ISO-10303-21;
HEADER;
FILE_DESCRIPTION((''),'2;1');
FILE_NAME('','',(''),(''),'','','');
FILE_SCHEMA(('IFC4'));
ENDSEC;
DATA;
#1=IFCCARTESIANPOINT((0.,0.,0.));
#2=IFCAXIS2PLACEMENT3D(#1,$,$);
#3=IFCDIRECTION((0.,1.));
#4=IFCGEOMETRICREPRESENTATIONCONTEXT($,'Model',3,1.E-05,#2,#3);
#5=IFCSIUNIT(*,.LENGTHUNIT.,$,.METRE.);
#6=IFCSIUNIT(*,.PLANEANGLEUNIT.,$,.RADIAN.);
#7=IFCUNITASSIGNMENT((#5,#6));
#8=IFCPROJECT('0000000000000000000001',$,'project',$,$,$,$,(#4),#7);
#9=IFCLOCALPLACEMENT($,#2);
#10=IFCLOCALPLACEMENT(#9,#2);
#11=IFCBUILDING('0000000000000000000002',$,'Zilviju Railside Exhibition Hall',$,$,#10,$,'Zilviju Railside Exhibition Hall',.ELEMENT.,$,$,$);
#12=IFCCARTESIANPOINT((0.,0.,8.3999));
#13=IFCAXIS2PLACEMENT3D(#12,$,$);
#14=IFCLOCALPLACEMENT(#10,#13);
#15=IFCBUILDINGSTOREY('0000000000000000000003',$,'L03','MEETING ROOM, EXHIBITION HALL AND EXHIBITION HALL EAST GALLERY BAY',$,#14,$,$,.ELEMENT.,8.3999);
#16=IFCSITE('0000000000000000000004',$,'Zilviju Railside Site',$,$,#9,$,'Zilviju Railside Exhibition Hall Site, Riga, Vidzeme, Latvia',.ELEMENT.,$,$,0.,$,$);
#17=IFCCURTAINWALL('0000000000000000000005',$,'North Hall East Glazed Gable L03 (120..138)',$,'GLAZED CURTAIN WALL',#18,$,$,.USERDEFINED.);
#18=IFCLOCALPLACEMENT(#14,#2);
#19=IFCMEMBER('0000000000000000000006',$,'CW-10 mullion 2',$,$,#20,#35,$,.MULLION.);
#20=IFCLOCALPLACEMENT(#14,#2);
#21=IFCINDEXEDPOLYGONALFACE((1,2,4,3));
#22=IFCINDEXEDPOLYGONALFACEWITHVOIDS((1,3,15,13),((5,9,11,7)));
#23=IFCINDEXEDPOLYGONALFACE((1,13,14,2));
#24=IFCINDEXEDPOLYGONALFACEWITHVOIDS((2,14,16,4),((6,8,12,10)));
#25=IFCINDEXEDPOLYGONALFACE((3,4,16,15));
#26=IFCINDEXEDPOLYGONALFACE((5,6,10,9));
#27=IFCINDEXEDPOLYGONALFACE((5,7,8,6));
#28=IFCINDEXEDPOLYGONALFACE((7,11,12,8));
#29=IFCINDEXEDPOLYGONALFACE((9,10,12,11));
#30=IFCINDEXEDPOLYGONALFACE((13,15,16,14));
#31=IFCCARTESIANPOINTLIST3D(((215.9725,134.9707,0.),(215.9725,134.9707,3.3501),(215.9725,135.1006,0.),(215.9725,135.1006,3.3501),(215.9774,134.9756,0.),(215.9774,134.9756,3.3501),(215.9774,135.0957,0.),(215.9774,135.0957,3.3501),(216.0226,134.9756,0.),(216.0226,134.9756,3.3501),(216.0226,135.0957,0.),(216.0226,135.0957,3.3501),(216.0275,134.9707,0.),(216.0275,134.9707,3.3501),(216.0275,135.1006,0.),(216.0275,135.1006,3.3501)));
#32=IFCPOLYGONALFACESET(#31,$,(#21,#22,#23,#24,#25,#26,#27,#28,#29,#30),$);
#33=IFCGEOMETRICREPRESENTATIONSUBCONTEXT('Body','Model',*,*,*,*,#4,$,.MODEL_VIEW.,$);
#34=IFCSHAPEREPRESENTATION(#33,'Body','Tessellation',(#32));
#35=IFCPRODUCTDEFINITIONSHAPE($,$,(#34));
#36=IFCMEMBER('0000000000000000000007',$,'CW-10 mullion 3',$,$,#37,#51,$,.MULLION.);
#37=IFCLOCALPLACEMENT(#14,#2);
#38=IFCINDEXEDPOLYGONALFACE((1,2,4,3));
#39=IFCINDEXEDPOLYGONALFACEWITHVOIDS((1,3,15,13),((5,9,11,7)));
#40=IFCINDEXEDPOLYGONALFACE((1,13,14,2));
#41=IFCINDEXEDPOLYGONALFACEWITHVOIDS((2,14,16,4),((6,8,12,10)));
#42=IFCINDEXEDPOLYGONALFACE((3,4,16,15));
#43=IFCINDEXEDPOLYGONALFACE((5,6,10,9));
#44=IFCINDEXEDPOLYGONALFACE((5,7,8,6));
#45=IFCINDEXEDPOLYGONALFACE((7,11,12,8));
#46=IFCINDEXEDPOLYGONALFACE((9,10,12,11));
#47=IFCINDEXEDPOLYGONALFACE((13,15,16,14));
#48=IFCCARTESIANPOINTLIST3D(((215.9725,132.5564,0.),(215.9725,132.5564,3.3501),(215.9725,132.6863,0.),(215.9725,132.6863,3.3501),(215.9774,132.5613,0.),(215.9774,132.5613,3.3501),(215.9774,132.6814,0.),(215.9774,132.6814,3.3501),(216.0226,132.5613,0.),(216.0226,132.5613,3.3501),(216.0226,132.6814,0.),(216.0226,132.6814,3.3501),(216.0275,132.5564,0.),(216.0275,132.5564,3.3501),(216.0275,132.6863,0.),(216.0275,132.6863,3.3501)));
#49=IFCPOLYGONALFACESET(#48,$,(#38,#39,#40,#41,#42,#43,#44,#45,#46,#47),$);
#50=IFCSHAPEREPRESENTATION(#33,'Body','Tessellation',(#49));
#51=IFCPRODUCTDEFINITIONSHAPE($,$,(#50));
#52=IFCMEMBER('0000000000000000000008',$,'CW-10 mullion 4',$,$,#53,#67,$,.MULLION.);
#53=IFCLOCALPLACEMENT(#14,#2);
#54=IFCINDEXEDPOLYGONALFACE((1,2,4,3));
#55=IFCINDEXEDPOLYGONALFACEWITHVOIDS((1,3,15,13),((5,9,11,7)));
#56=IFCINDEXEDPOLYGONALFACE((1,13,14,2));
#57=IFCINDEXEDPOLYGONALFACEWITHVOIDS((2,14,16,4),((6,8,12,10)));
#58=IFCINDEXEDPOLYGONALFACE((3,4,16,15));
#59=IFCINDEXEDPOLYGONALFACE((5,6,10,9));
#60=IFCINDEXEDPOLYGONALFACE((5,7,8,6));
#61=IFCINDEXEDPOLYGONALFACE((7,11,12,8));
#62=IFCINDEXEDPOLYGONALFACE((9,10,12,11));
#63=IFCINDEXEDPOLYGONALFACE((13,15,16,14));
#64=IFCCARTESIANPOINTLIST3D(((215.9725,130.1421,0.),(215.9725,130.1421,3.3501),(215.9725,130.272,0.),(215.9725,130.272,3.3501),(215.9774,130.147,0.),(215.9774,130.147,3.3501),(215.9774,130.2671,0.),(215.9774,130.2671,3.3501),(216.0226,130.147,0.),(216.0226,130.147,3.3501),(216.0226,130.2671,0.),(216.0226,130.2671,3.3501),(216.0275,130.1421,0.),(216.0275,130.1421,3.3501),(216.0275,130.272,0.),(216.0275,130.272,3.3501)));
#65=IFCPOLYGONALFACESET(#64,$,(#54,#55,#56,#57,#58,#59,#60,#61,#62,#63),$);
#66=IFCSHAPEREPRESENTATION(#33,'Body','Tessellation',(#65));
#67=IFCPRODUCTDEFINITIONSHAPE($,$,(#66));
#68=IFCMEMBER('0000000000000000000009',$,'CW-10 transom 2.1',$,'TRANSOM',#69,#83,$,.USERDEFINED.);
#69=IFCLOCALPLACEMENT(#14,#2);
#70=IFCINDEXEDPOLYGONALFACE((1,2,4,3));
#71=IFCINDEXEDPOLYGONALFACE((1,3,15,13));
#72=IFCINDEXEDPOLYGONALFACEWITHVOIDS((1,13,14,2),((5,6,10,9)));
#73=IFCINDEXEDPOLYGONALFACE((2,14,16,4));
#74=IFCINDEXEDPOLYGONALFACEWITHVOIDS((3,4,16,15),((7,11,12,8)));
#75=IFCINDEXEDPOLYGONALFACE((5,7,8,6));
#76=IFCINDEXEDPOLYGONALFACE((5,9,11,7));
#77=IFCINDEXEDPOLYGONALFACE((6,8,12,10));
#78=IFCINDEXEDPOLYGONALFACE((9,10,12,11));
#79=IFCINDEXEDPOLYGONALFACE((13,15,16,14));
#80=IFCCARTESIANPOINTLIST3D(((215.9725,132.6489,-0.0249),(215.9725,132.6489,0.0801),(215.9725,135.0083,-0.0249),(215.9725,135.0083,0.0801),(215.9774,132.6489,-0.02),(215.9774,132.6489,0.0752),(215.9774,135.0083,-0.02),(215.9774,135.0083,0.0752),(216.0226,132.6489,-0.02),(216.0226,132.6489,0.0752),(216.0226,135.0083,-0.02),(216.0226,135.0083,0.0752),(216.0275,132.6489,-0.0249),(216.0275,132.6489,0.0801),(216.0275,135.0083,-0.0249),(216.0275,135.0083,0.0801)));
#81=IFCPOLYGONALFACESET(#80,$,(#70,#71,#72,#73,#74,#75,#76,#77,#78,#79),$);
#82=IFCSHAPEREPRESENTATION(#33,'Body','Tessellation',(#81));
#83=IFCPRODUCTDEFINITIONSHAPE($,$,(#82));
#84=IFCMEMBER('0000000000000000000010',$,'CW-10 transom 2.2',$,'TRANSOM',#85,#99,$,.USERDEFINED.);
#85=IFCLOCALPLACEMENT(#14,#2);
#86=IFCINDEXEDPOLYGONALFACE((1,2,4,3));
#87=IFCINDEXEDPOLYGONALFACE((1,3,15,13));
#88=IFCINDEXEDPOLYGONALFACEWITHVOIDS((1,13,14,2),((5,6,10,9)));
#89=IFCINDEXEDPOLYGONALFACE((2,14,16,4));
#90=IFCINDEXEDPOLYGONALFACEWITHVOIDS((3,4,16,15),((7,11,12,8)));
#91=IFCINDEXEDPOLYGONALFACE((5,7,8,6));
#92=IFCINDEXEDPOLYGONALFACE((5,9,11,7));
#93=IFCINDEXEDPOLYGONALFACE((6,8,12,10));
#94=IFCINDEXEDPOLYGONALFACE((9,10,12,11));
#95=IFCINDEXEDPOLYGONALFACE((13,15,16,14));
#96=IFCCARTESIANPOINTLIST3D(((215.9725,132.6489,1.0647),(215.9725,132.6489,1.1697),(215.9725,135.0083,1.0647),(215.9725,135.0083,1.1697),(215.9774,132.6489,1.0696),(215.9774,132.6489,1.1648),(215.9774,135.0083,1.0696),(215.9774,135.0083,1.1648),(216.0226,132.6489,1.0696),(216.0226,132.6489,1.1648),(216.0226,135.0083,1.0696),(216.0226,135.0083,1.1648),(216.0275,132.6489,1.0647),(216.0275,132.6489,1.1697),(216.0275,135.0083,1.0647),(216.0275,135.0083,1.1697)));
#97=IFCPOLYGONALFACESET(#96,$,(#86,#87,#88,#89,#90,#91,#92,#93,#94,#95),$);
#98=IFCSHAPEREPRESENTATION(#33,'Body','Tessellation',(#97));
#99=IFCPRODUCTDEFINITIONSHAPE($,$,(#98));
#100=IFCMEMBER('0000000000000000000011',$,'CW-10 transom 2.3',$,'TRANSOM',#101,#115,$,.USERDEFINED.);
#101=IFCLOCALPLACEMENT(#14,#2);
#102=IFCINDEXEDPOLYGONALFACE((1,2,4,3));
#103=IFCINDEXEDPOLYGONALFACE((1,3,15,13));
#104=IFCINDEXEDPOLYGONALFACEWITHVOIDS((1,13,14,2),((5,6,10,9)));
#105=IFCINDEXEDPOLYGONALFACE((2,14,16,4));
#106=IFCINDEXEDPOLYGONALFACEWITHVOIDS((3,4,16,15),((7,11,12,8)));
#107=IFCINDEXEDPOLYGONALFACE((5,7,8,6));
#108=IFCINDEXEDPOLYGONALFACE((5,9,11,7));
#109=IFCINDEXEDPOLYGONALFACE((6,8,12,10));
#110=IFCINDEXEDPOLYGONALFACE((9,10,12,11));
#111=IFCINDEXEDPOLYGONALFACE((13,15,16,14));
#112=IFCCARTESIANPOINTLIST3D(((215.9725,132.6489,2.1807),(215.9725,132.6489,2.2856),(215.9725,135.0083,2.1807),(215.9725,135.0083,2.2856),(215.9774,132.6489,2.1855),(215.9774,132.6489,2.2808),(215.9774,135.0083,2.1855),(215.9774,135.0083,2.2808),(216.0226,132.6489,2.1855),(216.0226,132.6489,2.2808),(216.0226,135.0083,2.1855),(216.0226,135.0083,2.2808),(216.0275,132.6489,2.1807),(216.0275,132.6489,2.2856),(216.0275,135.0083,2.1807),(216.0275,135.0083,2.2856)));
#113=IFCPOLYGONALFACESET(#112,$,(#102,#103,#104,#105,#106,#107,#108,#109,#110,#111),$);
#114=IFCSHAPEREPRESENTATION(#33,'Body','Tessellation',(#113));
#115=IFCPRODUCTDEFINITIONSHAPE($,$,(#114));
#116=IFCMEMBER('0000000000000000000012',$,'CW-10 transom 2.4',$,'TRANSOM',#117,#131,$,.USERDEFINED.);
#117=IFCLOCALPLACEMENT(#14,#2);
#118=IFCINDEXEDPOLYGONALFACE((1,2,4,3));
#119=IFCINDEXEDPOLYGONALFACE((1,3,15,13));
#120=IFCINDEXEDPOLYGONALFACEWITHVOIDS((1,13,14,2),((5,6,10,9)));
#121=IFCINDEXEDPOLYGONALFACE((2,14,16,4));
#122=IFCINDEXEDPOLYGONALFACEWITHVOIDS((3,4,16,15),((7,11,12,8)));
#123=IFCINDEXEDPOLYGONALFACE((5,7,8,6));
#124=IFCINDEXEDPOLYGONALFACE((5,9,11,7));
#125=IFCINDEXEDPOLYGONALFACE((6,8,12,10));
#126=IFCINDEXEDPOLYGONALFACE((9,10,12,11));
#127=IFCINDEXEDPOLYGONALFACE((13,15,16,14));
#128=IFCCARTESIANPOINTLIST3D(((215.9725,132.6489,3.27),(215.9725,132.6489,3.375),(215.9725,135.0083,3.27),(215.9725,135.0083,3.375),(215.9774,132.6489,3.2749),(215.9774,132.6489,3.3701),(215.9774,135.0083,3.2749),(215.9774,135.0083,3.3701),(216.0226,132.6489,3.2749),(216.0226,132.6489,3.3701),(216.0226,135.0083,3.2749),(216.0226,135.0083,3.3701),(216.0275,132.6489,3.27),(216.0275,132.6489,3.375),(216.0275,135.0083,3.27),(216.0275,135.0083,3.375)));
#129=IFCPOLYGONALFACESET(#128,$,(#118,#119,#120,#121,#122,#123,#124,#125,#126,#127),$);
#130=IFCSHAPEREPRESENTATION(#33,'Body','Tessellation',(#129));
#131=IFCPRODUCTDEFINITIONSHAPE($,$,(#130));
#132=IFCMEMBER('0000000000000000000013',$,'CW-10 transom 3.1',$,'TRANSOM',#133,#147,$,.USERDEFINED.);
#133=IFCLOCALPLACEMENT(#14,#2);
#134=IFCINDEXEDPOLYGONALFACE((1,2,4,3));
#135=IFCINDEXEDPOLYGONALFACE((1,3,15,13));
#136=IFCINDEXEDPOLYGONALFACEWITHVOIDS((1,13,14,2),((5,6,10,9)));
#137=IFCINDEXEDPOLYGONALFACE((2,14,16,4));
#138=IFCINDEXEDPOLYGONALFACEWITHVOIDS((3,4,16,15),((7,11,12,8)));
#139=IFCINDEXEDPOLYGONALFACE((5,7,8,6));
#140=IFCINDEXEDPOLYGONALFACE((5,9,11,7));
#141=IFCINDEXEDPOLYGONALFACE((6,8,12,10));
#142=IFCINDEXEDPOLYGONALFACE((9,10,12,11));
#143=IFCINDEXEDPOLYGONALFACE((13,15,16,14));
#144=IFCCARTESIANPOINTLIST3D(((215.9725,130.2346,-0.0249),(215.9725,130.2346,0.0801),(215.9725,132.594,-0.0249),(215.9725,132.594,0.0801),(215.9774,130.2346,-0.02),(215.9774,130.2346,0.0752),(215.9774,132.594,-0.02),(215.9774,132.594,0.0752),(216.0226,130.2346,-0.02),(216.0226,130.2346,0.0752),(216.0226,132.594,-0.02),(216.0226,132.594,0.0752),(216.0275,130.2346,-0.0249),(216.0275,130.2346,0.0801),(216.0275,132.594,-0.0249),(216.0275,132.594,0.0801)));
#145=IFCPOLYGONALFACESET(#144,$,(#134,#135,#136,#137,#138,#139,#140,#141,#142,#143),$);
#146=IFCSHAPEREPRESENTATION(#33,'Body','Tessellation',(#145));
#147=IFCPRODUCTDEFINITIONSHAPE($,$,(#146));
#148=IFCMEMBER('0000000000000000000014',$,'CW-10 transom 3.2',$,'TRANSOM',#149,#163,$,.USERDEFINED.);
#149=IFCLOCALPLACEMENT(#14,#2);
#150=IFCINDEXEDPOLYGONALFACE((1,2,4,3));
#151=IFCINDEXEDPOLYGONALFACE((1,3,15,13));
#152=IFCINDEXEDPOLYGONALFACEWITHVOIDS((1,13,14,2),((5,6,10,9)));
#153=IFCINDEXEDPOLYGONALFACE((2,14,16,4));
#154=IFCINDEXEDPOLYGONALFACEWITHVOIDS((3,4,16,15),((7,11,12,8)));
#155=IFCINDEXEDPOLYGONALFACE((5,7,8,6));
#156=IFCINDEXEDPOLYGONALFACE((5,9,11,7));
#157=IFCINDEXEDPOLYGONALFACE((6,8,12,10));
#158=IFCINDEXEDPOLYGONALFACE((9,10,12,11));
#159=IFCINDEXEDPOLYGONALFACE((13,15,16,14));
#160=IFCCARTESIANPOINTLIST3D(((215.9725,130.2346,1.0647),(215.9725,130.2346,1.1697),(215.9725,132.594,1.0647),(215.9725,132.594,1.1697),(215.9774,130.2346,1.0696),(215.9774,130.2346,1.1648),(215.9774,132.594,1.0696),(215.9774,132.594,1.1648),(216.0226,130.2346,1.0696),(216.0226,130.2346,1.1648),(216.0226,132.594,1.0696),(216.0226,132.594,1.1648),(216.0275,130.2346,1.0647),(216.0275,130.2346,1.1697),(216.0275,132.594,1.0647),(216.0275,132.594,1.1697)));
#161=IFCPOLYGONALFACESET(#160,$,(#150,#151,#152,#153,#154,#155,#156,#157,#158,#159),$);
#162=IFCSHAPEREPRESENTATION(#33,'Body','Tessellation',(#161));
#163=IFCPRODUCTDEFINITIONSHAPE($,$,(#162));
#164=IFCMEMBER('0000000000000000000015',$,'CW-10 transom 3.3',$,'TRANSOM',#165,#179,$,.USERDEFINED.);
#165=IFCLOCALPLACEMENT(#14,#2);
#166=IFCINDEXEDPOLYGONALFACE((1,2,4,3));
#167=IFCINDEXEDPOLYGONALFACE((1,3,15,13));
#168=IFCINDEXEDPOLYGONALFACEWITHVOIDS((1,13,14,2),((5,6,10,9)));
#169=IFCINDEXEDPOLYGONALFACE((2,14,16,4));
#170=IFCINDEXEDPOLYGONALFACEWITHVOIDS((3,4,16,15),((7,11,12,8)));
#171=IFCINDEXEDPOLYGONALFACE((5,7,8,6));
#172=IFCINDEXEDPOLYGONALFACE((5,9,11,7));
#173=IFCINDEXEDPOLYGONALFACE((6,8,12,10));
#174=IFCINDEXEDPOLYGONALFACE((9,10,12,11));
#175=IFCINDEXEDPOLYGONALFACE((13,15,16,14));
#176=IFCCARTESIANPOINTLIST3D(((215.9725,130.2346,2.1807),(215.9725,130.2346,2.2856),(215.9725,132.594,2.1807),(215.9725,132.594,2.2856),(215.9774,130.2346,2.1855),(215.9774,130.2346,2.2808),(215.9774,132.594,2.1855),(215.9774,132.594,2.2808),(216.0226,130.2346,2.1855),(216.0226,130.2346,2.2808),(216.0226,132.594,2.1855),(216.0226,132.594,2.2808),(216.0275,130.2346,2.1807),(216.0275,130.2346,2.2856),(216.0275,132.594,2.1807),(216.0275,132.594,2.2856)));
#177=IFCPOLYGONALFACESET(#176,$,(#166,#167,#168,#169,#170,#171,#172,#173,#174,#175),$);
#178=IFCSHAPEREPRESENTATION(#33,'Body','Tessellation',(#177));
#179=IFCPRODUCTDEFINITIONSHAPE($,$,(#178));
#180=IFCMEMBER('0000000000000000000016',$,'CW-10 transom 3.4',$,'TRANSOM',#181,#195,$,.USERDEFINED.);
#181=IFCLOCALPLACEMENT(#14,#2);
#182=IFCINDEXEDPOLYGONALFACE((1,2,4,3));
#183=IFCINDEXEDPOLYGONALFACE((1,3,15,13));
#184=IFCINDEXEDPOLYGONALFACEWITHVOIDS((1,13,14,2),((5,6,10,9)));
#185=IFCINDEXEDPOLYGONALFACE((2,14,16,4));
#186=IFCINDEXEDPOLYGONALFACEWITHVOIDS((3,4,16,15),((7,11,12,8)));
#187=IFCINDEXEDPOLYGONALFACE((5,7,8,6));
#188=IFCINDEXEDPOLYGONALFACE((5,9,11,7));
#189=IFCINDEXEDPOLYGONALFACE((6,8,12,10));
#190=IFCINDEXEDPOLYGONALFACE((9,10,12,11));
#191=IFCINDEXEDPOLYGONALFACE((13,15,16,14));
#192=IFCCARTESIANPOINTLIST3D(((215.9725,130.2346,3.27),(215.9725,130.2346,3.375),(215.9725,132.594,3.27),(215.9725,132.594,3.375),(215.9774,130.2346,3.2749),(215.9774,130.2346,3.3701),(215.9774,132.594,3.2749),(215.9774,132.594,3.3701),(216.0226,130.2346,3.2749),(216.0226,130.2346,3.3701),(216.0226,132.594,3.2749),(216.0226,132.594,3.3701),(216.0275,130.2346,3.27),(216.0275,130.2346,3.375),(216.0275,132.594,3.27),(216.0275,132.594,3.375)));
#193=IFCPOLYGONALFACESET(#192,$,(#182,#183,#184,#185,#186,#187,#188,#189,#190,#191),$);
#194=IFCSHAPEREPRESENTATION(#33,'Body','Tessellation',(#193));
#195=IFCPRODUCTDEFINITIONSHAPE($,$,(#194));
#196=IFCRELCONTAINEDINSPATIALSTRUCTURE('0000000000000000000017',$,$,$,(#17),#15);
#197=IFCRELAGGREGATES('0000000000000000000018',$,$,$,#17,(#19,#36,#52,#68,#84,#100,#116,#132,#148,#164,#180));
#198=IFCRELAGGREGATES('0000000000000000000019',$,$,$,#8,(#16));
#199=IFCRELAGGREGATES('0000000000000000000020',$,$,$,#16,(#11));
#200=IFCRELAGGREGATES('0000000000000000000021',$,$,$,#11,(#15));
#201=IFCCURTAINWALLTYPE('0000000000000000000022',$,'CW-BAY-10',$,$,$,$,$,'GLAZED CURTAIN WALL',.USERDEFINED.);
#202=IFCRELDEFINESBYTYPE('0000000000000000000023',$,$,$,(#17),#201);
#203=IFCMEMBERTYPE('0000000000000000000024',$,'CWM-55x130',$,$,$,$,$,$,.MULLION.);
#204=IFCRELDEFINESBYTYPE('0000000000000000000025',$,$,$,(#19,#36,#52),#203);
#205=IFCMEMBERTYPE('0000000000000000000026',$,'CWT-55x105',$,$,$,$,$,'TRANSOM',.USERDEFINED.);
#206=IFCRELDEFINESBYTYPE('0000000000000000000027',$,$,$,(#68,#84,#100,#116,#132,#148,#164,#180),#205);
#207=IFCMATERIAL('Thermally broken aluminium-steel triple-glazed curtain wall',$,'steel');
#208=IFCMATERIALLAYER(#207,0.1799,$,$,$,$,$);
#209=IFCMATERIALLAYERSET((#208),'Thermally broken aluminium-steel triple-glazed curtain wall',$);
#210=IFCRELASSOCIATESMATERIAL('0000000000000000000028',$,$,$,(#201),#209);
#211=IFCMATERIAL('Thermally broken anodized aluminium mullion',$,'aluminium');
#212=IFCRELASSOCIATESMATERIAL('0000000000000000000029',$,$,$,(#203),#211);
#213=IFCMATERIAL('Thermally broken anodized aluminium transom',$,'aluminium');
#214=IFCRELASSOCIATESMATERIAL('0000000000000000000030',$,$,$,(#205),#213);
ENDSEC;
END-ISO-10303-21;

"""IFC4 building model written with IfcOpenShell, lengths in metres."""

from ifc_helpers import new_model, si_unit, direction, frame, origin, origin_2d, place, context, subcontext, project, spatial, hollow_rectangle, extrude, material, layer, layer_set, material_profile, profile_set, type_object, element, aggregate, save


model = new_model("IFC4")

# Units and contexts
model_context = context("Model", 3, precision=1e-05, world=origin(), true_north=direction((0.0, 1.0)))
body_context = subcontext(model_context, "Body", "Model", "MODEL_VIEW")
ifc_project = project(units=[si_unit("LENGTHUNIT", "METRE"), si_unit("PLANEANGLEUNIT", "RADIAN")], contexts=[model_context])

# Site, building, storey
site_placement = place(None, origin())
site = spatial("IfcSite", under=ifc_project, at=site_placement, Name="Zilviju Railside Site", LongName="Zilviju Railside Exhibition Hall Site, Riga, Vidzeme, Latvia", CompositionType="ELEMENT", RefElevation=0.0)
building_placement = place(site_placement, origin())
building = spatial("IfcBuilding", under=site, at=building_placement, Name="Zilviju Railside Exhibition Hall", LongName="Zilviju Railside Exhibition Hall", CompositionType="ELEMENT")
storey_placement = place(building_placement, frame((0.0, 0.0, 8.3999)))
storey = spatial("IfcBuildingStorey", under=building, at=storey_placement, Name="L03", Description="MEETING ROOM, EXHIBITION HALL AND EXHIBITION HALL EAST GALLERY BAY", CompositionType="ELEMENT", Elevation=8.3999)

# Curtain wall, members
ifc_material_1 = material(Name="Thermally broken aluminium-steel triple-glazed curtain wall", Category="steel")
ifc_layer_1 = layer(ifc_material_1, 0.1799)
ifc_layer_set_1 = layer_set([ifc_layer_1], Name="Thermally broken aluminium-steel triple-glazed curtain wall")
curtain_wall_type = type_object("IfcCurtainWallType", Name="CW-BAY-10", ElementType="GLAZED CURTAIN WALL", PredefinedType="USERDEFINED", material=ifc_layer_set_1)
curtain_wall_placement = place(storey_placement, origin())
curtain_wall = element("IfcCurtainWall", 1, at=curtain_wall_placement, inside=storey, type_object=curtain_wall_type, Name="North Hall East Glazed Gable L03 (120..138)", ObjectType="GLAZED CURTAIN WALL", PredefinedType="USERDEFINED")
ifc_material_2 = material(Name="Thermally broken anodized aluminium mullion", Category="aluminium")
ifc_material_profile_1 = material_profile(ifc_material_2, hollow_rectangle(XDim=0.0549, YDim=0.1299, WallThickness=0.0049, at=origin_2d()), Name="MULLION 130x55x5")
ifc_profile_set_1 = profile_set([ifc_material_profile_1], Name="Thermally broken anodized aluminium mullion")
member_type_1 = type_object("IfcMemberType", Name="CWM-55x130", PredefinedType="MULLION", material=ifc_profile_set_1)
member_1_placement = place(storey_placement, frame((216.0, 135.0356, 0.0), z_axis=(0.0, 0.0, 1.0), x_axis=(1.0, 0.0, 0.0)))
member_1 = element("IfcMember", 2, at=member_1_placement, type_object=member_type_1, Name="CW-10 mullion 2", PredefinedType="MULLION", context=body_context, shape_type="SweptSolid", body=[
    extrude(hollow_rectangle(XDim=0.0549, YDim=0.1299, WallThickness=0.0049, at=origin_2d()), origin(), (0.0, 0.0, 1.0), 3.3501),
])
member_2_placement = place(storey_placement, frame((216.0, 132.6213, 0.0), z_axis=(0.0, 0.0, 1.0), x_axis=(1.0, 0.0, 0.0)))
member_2 = element("IfcMember", 3, at=member_2_placement, type_object=member_type_1, Name="CW-10 mullion 3", PredefinedType="MULLION", context=body_context, shape_type="SweptSolid", body=[
    extrude(hollow_rectangle(XDim=0.0549, YDim=0.1299, WallThickness=0.0049, at=origin_2d()), origin(), (0.0, 0.0, 1.0), 3.3501),
])
member_3_placement = place(storey_placement, frame((216.0, 130.207, 0.0), z_axis=(0.0, 0.0, 1.0), x_axis=(1.0, 0.0, 0.0)))
member_3 = element("IfcMember", 4, at=member_3_placement, type_object=member_type_1, Name="CW-10 mullion 4", PredefinedType="MULLION", context=body_context, shape_type="SweptSolid", body=[
    extrude(hollow_rectangle(XDim=0.0549, YDim=0.1299, WallThickness=0.0049, at=origin_2d()), origin(), (0.0, 0.0, 1.0), 3.3501),
])
ifc_material_3 = material(Name="Thermally broken anodized aluminium transom", Category="aluminium")
ifc_material_profile_2 = material_profile(ifc_material_3, hollow_rectangle(XDim=0.0549, YDim=0.105, WallThickness=0.0049, at=origin_2d()), Name="TRANSOM 105x55x5")
ifc_profile_set_2 = profile_set([ifc_material_profile_2], Name="Thermally broken anodized aluminium transom")
member_type_2 = type_object("IfcMemberType", Name="CWT-55x105", ElementType="TRANSOM", PredefinedType="USERDEFINED", material=ifc_profile_set_2)
member_4_placement = place(storey_placement, frame((216.0, 135.0083, 0.0276), z_axis=(0.0, -1.0, 0.0), x_axis=(1.0, 0.0, 0.0)))
member_4 = element("IfcMember", 5, at=member_4_placement, type_object=member_type_2, Name="CW-10 transom 2.1", ObjectType="TRANSOM", PredefinedType="USERDEFINED", context=body_context, shape_type="SweptSolid", body=[
    extrude(hollow_rectangle(XDim=0.0549, YDim=0.105, WallThickness=0.0049, at=origin_2d()), origin(), (0.0, 0.0, 1.0), 2.3594),
])
member_5_placement = place(storey_placement, frame((216.0, 135.0083, 1.1172), z_axis=(0.0, -1.0, 0.0), x_axis=(1.0, 0.0, 0.0)))
member_5 = element("IfcMember", 6, at=member_5_placement, type_object=member_type_2, Name="CW-10 transom 2.2", ObjectType="TRANSOM", PredefinedType="USERDEFINED", context=body_context, shape_type="SweptSolid", body=[
    extrude(hollow_rectangle(XDim=0.0549, YDim=0.105, WallThickness=0.0049, at=origin_2d()), origin(), (0.0, 0.0, 1.0), 2.3594),
])
member_6_placement = place(storey_placement, frame((216.0, 135.0083, 2.2332), z_axis=(0.0, -1.0, 0.0), x_axis=(1.0, 0.0, 0.0)))
member_6 = element("IfcMember", 7, at=member_6_placement, type_object=member_type_2, Name="CW-10 transom 2.3", ObjectType="TRANSOM", PredefinedType="USERDEFINED", context=body_context, shape_type="SweptSolid", body=[
    extrude(hollow_rectangle(XDim=0.0549, YDim=0.105, WallThickness=0.0049, at=origin_2d()), origin(), (0.0, 0.0, 1.0), 2.3594),
])
member_7_placement = place(storey_placement, frame((216.0, 135.0083, 3.3225), z_axis=(0.0, -1.0, 0.0), x_axis=(1.0, 0.0, 0.0)))
member_7 = element("IfcMember", 8, at=member_7_placement, type_object=member_type_2, Name="CW-10 transom 2.4", ObjectType="TRANSOM", PredefinedType="USERDEFINED", context=body_context, shape_type="SweptSolid", body=[
    extrude(hollow_rectangle(XDim=0.0549, YDim=0.105, WallThickness=0.0049, at=origin_2d()), origin(), (0.0, 0.0, 1.0), 2.3594),
])
member_8_placement = place(storey_placement, frame((216.0, 132.594, 0.0276), z_axis=(0.0, -1.0, 0.0), x_axis=(1.0, 0.0, 0.0)))
member_8 = element("IfcMember", 9, at=member_8_placement, type_object=member_type_2, Name="CW-10 transom 3.1", ObjectType="TRANSOM", PredefinedType="USERDEFINED", context=body_context, shape_type="SweptSolid", body=[
    extrude(hollow_rectangle(XDim=0.0549, YDim=0.105, WallThickness=0.0049, at=origin_2d()), origin(), (0.0, 0.0, 1.0), 2.3594),
])
member_9_placement = place(storey_placement, frame((216.0, 132.594, 1.1172), z_axis=(0.0, -1.0, 0.0), x_axis=(1.0, 0.0, 0.0)))
member_9 = element("IfcMember", 10, at=member_9_placement, type_object=member_type_2, Name="CW-10 transom 3.2", ObjectType="TRANSOM", PredefinedType="USERDEFINED", context=body_context, shape_type="SweptSolid", body=[
    extrude(hollow_rectangle(XDim=0.0549, YDim=0.105, WallThickness=0.0049, at=origin_2d()), origin(), (0.0, 0.0, 1.0), 2.3594),
])
member_10_placement = place(storey_placement, frame((216.0, 132.594, 2.2332), z_axis=(0.0, -1.0, 0.0), x_axis=(1.0, 0.0, 0.0)))
member_10 = element("IfcMember", 11, at=member_10_placement, type_object=member_type_2, Name="CW-10 transom 3.3", ObjectType="TRANSOM", PredefinedType="USERDEFINED", context=body_context, shape_type="SweptSolid", body=[
    extrude(hollow_rectangle(XDim=0.0549, YDim=0.105, WallThickness=0.0049, at=origin_2d()), origin(), (0.0, 0.0, 1.0), 2.3594),
])
member_11_placement = place(storey_placement, frame((216.0, 132.594, 3.3225), z_axis=(0.0, -1.0, 0.0), x_axis=(1.0, 0.0, 0.0)))
member_11 = element("IfcMember", 12, at=member_11_placement, type_object=member_type_2, Name="CW-10 transom 3.4", ObjectType="TRANSOM", PredefinedType="USERDEFINED", context=body_context, shape_type="SweptSolid", body=[
    extrude(hollow_rectangle(XDim=0.0549, YDim=0.105, WallThickness=0.0049, at=origin_2d()), origin(), (0.0, 0.0, 1.0), 2.3594),
])
aggregate(curtain_wall, [member_1, member_2, member_3, member_4, member_5, member_6, member_7, member_8, member_9, member_10, member_11])

save(model, "model.ifc")
